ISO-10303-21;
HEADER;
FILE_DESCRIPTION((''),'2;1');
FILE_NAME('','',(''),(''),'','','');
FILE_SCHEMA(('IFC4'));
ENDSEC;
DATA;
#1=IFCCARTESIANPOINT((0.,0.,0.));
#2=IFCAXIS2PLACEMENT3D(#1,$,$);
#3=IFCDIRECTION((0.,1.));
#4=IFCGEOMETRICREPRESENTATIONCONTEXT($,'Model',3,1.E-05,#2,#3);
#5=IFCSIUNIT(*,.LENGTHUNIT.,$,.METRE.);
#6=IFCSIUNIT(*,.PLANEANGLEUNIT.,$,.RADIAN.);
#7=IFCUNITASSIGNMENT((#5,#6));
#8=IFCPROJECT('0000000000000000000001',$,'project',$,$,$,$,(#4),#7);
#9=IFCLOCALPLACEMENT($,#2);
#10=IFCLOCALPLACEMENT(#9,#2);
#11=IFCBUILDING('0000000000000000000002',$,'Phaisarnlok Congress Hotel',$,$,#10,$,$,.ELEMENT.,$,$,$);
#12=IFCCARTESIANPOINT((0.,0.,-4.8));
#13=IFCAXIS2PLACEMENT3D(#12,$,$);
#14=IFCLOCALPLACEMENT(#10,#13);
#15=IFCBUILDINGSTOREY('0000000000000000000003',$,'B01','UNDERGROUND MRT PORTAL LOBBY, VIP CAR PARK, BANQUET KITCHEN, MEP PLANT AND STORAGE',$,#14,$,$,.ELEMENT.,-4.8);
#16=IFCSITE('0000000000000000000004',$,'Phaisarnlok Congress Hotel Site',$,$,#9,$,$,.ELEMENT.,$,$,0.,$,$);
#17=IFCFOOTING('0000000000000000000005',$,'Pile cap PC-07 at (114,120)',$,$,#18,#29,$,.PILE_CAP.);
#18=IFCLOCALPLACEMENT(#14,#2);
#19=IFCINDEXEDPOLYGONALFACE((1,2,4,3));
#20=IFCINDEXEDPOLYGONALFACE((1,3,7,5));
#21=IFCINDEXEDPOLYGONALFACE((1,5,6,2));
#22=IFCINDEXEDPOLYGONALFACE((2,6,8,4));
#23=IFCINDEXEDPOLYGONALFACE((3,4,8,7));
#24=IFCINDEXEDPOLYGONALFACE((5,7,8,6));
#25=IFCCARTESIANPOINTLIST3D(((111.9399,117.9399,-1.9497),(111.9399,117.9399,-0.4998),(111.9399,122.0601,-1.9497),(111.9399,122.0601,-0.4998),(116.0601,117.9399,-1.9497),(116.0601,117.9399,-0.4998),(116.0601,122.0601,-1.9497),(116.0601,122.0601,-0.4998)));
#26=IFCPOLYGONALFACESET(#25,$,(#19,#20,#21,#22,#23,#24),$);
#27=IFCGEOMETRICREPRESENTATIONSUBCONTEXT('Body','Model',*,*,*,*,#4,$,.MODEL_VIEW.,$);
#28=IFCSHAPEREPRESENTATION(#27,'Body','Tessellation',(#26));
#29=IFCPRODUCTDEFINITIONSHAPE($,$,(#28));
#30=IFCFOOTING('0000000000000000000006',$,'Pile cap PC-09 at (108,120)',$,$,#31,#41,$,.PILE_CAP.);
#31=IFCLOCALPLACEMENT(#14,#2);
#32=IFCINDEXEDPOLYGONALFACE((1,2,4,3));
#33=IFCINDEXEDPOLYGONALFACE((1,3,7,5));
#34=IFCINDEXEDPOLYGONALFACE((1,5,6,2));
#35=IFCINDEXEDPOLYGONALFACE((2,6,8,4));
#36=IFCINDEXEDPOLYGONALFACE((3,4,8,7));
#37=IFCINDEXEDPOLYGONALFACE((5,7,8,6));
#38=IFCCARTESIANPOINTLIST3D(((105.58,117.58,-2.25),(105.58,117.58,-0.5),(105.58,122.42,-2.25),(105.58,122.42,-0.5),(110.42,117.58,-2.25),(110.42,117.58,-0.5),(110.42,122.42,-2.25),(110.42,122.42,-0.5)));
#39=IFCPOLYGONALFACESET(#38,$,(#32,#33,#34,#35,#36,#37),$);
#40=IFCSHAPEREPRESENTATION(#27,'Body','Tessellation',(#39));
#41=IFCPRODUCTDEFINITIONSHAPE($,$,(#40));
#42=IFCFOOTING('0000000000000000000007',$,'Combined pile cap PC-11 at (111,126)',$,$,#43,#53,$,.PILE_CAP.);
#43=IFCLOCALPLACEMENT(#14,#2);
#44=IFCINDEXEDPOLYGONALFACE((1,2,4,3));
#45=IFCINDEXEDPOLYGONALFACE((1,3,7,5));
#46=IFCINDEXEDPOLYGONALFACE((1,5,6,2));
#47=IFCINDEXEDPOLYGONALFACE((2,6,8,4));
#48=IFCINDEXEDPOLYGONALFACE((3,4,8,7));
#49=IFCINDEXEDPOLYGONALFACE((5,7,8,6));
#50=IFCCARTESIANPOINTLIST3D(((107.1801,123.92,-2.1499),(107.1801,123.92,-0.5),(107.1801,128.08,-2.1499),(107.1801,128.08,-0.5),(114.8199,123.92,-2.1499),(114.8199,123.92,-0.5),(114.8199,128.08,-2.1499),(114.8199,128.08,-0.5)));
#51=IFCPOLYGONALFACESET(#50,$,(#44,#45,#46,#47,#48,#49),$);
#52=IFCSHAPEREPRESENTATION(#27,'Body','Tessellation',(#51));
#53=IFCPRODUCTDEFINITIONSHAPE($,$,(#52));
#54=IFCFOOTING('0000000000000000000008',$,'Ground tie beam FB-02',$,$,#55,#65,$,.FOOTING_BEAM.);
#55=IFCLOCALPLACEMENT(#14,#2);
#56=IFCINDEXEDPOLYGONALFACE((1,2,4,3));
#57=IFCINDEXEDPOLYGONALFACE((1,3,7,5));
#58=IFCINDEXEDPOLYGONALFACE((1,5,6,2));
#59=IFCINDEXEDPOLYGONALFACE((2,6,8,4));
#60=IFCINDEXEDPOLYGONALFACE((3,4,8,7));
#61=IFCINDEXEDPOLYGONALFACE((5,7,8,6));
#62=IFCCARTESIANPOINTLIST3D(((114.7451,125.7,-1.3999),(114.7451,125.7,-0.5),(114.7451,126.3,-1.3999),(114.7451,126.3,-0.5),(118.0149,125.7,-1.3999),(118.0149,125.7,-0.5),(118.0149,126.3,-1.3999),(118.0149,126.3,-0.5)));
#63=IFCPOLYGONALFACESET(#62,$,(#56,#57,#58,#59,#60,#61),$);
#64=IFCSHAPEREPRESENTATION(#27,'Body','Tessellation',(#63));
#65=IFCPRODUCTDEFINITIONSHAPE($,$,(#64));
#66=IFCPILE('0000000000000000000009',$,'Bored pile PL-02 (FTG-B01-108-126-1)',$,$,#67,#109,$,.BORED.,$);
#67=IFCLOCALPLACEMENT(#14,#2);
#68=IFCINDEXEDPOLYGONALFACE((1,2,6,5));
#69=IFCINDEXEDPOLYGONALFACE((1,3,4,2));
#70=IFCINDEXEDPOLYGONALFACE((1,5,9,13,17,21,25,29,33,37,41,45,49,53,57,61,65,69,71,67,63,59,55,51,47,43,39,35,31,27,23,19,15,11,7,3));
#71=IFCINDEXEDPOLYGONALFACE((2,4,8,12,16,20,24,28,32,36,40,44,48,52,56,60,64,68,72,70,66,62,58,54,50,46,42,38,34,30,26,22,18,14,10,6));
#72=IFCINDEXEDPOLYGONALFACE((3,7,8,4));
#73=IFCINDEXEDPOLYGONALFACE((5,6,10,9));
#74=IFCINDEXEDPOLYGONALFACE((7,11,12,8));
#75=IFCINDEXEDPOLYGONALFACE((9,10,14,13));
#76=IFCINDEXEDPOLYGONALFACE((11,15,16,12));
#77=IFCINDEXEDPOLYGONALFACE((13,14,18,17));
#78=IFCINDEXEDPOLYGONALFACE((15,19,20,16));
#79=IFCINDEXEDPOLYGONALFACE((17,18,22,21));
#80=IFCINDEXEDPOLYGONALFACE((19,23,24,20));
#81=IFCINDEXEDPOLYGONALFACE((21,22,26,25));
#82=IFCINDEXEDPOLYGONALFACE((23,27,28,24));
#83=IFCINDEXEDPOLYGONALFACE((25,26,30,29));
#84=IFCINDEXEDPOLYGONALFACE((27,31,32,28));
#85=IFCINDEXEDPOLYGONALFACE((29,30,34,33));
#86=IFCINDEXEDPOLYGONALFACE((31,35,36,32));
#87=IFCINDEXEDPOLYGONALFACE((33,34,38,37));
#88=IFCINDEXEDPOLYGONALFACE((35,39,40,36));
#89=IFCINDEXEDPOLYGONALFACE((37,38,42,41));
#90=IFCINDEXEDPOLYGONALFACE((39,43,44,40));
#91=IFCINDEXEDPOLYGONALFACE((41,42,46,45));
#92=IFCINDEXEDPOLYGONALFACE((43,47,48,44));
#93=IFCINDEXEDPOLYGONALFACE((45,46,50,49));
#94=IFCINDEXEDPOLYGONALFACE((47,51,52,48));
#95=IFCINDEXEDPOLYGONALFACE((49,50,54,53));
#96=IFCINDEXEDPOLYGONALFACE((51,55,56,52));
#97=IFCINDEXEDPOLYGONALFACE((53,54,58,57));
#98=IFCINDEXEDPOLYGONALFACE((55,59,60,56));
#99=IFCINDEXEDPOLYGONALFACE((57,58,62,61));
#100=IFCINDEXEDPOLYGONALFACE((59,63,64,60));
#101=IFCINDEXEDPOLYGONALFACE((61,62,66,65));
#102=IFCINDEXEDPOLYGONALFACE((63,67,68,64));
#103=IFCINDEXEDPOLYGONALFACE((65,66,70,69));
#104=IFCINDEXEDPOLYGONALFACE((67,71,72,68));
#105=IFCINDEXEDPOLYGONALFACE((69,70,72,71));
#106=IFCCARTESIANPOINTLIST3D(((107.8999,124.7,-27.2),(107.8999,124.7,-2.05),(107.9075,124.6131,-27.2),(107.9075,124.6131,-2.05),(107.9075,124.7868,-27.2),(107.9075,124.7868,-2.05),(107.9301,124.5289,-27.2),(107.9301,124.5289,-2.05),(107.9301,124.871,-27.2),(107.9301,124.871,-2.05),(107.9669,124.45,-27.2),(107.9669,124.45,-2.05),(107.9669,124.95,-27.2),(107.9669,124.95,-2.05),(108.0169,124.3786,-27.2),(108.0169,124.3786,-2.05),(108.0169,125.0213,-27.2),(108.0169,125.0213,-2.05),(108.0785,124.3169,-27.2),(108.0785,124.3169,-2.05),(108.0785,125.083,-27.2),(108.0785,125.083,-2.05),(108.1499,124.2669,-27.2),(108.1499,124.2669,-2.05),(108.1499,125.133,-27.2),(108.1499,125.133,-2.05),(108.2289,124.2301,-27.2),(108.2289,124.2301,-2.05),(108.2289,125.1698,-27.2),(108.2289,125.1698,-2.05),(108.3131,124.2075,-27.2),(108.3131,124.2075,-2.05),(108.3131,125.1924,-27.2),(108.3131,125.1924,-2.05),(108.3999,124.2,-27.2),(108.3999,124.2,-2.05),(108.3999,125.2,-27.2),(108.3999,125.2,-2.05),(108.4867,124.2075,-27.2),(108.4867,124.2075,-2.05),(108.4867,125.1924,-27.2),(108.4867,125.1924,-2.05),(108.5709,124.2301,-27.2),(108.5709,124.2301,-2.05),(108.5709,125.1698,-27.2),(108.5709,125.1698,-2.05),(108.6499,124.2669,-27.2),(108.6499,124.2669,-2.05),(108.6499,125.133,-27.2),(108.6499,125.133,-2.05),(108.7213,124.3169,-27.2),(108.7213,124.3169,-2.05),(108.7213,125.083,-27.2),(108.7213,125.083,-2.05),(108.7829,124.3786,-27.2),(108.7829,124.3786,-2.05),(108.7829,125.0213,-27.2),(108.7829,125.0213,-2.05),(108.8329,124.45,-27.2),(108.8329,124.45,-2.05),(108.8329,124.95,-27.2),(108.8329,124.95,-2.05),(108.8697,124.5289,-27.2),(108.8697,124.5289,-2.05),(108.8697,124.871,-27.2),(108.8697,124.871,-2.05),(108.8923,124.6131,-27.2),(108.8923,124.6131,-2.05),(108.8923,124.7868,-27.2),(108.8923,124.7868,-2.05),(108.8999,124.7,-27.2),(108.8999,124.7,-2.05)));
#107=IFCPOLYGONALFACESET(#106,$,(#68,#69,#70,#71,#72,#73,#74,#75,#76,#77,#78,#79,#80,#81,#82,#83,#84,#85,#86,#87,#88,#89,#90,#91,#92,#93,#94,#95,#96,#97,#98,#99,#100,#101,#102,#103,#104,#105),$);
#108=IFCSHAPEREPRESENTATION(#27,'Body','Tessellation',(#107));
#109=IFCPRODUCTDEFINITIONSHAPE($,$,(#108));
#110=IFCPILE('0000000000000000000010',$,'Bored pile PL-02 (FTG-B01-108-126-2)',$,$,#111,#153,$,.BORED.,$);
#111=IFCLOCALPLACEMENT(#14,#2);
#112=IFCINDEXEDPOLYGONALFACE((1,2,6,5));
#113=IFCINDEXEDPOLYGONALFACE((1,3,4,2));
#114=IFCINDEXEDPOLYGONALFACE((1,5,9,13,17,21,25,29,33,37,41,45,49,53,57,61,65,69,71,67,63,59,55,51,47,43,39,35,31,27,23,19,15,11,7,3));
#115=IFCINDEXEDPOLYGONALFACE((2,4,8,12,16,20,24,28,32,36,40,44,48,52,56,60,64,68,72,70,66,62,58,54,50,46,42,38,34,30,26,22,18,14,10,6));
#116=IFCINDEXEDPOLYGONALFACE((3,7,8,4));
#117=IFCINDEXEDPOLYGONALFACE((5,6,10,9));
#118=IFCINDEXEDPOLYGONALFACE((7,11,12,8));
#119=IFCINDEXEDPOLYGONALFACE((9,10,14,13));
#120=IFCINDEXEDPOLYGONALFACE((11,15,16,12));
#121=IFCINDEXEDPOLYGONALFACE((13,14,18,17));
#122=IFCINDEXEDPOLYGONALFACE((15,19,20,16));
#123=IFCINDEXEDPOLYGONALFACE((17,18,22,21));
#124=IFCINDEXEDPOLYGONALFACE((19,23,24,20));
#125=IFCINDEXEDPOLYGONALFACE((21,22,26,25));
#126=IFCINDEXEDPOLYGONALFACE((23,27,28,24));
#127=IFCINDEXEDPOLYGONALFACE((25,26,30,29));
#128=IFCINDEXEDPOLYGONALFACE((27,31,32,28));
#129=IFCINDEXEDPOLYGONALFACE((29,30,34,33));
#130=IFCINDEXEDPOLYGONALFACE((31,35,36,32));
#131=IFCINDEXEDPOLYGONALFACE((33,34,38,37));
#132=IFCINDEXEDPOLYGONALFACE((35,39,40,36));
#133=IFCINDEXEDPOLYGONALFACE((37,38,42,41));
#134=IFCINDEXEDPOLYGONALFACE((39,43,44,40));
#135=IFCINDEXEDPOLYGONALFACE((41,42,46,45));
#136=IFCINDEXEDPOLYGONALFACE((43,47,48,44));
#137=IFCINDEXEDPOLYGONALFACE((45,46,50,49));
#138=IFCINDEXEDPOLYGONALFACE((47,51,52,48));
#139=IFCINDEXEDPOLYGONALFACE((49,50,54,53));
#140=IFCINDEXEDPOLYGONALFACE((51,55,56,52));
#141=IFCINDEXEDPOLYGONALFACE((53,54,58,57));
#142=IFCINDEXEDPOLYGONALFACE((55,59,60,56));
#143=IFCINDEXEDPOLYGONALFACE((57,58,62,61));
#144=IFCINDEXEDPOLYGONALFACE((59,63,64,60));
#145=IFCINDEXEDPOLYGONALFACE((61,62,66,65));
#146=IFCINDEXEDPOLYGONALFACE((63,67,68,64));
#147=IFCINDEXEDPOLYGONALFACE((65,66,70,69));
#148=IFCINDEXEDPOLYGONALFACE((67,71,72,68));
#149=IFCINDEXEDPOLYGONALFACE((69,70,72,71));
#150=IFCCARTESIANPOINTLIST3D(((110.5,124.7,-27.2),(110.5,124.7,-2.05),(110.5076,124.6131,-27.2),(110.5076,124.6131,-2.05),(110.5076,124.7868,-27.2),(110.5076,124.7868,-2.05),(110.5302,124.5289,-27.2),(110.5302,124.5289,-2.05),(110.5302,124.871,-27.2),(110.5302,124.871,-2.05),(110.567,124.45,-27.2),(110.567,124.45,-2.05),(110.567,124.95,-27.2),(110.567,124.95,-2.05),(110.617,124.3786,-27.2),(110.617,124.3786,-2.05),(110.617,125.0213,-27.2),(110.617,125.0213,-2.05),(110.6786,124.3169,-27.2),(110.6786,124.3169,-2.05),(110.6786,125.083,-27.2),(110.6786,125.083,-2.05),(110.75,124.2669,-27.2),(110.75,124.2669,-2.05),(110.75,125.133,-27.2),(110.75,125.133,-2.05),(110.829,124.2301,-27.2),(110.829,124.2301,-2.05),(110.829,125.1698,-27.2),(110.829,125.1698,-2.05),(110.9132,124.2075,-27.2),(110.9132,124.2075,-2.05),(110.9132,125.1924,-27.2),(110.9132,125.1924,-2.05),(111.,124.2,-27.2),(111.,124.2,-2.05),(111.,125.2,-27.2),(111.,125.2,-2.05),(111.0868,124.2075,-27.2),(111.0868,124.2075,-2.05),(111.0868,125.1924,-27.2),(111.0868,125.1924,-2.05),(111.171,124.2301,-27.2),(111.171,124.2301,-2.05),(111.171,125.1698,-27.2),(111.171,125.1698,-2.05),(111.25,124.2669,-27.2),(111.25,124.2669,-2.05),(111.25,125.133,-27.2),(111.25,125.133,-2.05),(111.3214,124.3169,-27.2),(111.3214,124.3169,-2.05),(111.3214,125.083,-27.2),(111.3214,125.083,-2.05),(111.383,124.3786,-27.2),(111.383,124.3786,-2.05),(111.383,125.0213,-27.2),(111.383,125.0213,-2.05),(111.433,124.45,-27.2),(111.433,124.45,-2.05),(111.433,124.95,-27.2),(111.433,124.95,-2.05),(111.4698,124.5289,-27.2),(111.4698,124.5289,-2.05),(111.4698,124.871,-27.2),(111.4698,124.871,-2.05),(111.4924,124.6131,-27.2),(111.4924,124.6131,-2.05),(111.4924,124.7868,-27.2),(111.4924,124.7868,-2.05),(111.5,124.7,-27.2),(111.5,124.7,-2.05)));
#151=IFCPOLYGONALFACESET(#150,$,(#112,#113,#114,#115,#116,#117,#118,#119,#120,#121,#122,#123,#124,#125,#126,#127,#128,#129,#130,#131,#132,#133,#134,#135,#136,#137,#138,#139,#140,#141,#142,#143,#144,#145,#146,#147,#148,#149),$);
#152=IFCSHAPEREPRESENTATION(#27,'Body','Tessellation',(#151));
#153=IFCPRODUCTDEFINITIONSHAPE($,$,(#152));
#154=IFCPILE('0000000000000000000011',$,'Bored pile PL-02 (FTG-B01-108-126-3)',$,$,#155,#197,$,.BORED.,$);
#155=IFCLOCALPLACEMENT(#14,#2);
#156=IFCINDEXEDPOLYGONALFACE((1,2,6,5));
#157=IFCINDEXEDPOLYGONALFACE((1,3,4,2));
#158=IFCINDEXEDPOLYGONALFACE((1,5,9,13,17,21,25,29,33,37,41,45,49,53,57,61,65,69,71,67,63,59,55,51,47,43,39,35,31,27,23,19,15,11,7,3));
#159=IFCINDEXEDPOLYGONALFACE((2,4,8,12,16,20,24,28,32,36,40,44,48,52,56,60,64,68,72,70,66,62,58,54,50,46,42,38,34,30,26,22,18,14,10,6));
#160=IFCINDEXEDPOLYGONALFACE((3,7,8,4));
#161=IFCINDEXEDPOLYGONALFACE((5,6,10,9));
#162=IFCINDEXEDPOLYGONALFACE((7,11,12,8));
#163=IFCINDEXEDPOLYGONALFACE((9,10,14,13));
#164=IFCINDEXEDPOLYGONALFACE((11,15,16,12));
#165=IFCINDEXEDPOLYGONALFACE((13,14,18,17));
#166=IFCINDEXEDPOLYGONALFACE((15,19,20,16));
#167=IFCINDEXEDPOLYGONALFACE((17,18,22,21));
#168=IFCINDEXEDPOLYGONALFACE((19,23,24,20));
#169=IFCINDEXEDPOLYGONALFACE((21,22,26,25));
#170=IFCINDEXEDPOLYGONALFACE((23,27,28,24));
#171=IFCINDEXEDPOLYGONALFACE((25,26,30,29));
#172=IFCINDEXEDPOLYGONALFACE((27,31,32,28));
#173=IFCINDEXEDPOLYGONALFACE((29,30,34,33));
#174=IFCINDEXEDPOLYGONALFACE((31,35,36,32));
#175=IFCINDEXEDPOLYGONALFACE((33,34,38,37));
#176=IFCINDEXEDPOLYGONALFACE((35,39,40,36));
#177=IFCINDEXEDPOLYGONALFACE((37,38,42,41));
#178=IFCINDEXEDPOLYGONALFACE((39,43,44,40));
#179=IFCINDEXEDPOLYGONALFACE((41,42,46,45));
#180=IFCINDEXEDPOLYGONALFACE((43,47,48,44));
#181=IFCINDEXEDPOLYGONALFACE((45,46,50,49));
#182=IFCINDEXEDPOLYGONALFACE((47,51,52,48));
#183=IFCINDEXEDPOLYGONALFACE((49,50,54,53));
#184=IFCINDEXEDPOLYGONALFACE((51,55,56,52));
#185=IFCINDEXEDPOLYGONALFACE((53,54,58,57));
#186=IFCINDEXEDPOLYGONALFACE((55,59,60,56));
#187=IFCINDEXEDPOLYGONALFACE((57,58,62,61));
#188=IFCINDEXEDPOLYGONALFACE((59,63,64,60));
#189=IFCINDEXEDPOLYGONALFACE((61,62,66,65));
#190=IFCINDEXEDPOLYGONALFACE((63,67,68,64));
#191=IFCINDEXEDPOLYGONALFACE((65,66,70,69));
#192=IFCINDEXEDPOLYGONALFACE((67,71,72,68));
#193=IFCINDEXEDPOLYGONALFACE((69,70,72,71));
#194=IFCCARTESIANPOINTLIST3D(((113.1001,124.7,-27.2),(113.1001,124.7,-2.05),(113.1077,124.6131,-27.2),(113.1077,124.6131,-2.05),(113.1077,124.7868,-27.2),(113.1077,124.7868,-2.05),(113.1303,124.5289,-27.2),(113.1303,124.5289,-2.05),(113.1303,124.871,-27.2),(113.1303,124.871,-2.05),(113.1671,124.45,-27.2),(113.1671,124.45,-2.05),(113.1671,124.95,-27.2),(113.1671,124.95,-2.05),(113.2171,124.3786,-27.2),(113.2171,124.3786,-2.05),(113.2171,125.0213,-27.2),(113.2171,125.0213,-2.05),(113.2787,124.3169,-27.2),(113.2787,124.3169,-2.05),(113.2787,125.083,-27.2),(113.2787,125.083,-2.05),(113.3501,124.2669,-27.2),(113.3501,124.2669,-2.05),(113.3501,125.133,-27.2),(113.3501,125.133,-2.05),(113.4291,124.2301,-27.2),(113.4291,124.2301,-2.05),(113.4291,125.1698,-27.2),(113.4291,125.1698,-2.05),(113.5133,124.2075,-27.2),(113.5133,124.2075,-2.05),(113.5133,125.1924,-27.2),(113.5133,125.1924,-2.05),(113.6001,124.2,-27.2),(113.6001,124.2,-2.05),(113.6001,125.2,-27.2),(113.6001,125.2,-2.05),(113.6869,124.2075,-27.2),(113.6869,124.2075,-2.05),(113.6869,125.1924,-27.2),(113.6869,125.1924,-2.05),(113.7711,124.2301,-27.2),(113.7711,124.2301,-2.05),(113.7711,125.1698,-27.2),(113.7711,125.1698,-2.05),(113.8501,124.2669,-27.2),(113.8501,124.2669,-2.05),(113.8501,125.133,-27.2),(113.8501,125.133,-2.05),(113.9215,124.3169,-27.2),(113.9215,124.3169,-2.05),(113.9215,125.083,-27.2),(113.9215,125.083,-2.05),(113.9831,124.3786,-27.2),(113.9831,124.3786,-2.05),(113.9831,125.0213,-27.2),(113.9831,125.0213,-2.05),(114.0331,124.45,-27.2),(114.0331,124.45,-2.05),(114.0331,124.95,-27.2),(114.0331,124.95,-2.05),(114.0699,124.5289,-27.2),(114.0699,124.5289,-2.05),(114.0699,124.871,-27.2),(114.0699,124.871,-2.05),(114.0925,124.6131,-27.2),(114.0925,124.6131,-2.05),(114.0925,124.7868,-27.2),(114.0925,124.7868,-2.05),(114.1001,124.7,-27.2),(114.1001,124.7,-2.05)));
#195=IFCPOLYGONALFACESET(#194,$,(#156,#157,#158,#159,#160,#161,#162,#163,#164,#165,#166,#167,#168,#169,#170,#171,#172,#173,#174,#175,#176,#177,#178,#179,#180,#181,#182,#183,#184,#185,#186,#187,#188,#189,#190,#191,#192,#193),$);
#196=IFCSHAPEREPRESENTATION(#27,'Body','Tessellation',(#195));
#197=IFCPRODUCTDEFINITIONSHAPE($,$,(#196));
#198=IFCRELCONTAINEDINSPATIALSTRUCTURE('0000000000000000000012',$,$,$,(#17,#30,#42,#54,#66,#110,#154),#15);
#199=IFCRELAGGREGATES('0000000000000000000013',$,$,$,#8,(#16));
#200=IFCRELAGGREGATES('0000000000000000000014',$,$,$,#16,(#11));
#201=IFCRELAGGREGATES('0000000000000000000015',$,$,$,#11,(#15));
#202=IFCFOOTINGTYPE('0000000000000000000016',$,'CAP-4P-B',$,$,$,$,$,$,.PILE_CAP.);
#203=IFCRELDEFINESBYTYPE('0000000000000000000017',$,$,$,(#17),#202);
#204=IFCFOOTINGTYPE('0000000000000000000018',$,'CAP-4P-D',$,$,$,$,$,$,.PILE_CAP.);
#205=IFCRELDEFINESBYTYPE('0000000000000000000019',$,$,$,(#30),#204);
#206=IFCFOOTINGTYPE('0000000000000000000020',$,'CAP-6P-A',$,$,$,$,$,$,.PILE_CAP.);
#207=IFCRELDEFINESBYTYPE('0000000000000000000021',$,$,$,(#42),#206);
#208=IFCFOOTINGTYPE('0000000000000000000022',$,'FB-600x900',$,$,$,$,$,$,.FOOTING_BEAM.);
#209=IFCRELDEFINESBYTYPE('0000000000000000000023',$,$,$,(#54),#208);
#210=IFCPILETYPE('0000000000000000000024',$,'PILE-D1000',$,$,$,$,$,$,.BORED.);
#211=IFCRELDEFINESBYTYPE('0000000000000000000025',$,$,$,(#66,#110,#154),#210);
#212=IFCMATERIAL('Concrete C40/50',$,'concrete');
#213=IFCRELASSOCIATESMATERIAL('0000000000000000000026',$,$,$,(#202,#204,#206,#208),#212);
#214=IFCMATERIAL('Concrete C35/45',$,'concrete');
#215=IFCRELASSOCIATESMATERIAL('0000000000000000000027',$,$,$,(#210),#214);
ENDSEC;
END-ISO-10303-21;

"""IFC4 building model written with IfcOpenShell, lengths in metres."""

from ifc_helpers import new_model, si_unit, direction, frame, origin, origin_2d, place, context, subcontext, project, spatial, rectangle, circle, extrude, material, material_profile, profile_set, type_object, element, save


model = new_model("IFC4")

# Units and contexts
model_context = context("Model", 3, precision=1e-05, world=origin(), true_north=direction((0.0, 1.0)))
body_context = subcontext(model_context, "Body", "Model", "MODEL_VIEW")
ifc_project = project(units=[si_unit("LENGTHUNIT", "METRE"), si_unit("PLANEANGLEUNIT", "RADIAN")], contexts=[model_context])

# Site, building, storey
site_placement = place(None, origin())
site = spatial("IfcSite", under=ifc_project, at=site_placement, Name="Phaisarnlok Congress Hotel Site", CompositionType="ELEMENT", RefElevation=0.0)
building_placement = place(site_placement, origin())
building = spatial("IfcBuilding", under=site, at=building_placement, Name="Phaisarnlok Congress Hotel", CompositionType="ELEMENT")
storey_placement = place(building_placement, frame((0.0, 0.0, -4.8)))
storey = spatial("IfcBuildingStorey", under=building, at=storey_placement, Name="B01", Description="UNDERGROUND MRT PORTAL LOBBY, VIP CAR PARK, BANQUET KITCHEN, MEP PLANT AND STORAGE", CompositionType="ELEMENT", Elevation=-4.8)

# Footings
ifc_material_1 = material(Name="Concrete C40/50", Category="concrete")
footing_type_1 = type_object("IfcFootingType", Name="CAP-4P-B", PredefinedType="PILE_CAP", material=ifc_material_1)
footing_1_placement = place(storey_placement, frame((114.0, 120.0, -1.9497), z_axis=(0.0, 0.0, 1.0), x_axis=(1.0, 0.0, 0.0)))
element("IfcFooting", 1, at=footing_1_placement, inside=storey, type_object=footing_type_1, Name="Pile cap PC-07 at (114,120)", PredefinedType="PILE_CAP", context=body_context, shape_type="SweptSolid", body=[
    extrude(rectangle(XDim=4.1201, YDim=4.1201, at=origin_2d()), origin(), (0.0, 0.0, 1.0), 1.45),
])
footing_type_2 = type_object("IfcFootingType", Name="CAP-4P-D", PredefinedType="PILE_CAP", material=ifc_material_1)
footing_2_placement = place(storey_placement, frame((108.0, 120.0, -2.25), z_axis=(0.0, 0.0, 1.0), x_axis=(1.0, 0.0, 0.0)))
element("IfcFooting", 2, at=footing_2_placement, inside=storey, type_object=footing_type_2, Name="Pile cap PC-09 at (108,120)", PredefinedType="PILE_CAP", context=body_context, shape_type="SweptSolid", body=[
    extrude(rectangle(XDim=4.8401, YDim=4.8401, at=origin_2d()), origin(), (0.0, 0.0, 1.0), 1.75),
])
footing_type_3 = type_object("IfcFootingType", Name="CAP-6P-A", PredefinedType="PILE_CAP", material=ifc_material_1)
footing_3_placement = place(storey_placement, frame((111.0, 126.0, -2.1499), z_axis=(0.0, 0.0, 1.0), x_axis=(1.0, 0.0, 0.0)))
element("IfcFooting", 3, at=footing_3_placement, inside=storey, type_object=footing_type_3, Name="Combined pile cap PC-11 at (111,126)", PredefinedType="PILE_CAP", context=body_context, shape_type="SweptSolid", body=[
    extrude(rectangle(XDim=7.6399, YDim=4.1599, at=origin_2d()), origin(), (0.0, 0.0, 1.0), 1.6499),
])
ifc_material_profile_1 = material_profile(ifc_material_1, rectangle(XDim=0.6001, YDim=0.8999, at=origin_2d()), Name="FB-600x900")
ifc_profile_set_1 = profile_set([ifc_material_profile_1], Name="Concrete C40/50")
footing_type_4 = type_object("IfcFootingType", Name="FB-600x900", PredefinedType="FOOTING_BEAM", material=ifc_profile_set_1)
footing_4_placement = place(storey_placement, frame((114.7451, 126.0, -0.95), z_axis=(1.0, 0.0, 0.0), x_axis=(0.0, 1.0, 0.0)))
element("IfcFooting", 4, at=footing_4_placement, inside=storey, type_object=footing_type_4, Name="Ground tie beam FB-02", PredefinedType="FOOTING_BEAM", context=body_context, shape_type="SweptSolid", body=[
    extrude(rectangle(XDim=0.6001, YDim=0.8999, at=origin_2d()), origin(), (0.0, 0.0, 1.0), 3.2698),
])

# Piles
ifc_material_2 = material(Name="Concrete C35/45", Category="concrete")
ifc_material_profile_2 = material_profile(ifc_material_2, circle(Radius=0.5, at=origin_2d()), Name="BORED PILE D1000")
ifc_profile_set_2 = profile_set([ifc_material_profile_2], Name="Concrete C35/45")
pile_type_1 = type_object("IfcPileType", Name="PILE-D1000", PredefinedType="BORED", material=ifc_profile_set_2)
for number, where, z_axis, x_axis, name in (
    (5, (108.3999, 124.7, -2.05), (0.0, 0.0, -1.0), (1.0, 0.0, 0.0), "Bored pile PL-02 (FTG-B01-108-126-1)"),
    (6, (111.0, 124.7, -2.05), (0.0, 0.0, -1.0), (1.0, 0.0, 0.0), "Bored pile PL-02 (FTG-B01-108-126-2)"),
    (7, (113.6001, 124.7, -2.05), (0.0, 0.0, -1.0), (1.0, 0.0, 0.0), "Bored pile PL-02 (FTG-B01-108-126-3)"),
):
    element("IfcPile", number, at=place(storey_placement, frame(where, z_axis=z_axis, x_axis=x_axis)), inside=storey, type_object=pile_type_1, Name=name, PredefinedType="BORED", context=body_context, shape_type="SweptSolid", body=[
        extrude(circle(Radius=0.5, at=origin_2d()), origin(), (0.0, 0.0, 1.0), 25.1499),
    ])

save(model, "model.ifc")
